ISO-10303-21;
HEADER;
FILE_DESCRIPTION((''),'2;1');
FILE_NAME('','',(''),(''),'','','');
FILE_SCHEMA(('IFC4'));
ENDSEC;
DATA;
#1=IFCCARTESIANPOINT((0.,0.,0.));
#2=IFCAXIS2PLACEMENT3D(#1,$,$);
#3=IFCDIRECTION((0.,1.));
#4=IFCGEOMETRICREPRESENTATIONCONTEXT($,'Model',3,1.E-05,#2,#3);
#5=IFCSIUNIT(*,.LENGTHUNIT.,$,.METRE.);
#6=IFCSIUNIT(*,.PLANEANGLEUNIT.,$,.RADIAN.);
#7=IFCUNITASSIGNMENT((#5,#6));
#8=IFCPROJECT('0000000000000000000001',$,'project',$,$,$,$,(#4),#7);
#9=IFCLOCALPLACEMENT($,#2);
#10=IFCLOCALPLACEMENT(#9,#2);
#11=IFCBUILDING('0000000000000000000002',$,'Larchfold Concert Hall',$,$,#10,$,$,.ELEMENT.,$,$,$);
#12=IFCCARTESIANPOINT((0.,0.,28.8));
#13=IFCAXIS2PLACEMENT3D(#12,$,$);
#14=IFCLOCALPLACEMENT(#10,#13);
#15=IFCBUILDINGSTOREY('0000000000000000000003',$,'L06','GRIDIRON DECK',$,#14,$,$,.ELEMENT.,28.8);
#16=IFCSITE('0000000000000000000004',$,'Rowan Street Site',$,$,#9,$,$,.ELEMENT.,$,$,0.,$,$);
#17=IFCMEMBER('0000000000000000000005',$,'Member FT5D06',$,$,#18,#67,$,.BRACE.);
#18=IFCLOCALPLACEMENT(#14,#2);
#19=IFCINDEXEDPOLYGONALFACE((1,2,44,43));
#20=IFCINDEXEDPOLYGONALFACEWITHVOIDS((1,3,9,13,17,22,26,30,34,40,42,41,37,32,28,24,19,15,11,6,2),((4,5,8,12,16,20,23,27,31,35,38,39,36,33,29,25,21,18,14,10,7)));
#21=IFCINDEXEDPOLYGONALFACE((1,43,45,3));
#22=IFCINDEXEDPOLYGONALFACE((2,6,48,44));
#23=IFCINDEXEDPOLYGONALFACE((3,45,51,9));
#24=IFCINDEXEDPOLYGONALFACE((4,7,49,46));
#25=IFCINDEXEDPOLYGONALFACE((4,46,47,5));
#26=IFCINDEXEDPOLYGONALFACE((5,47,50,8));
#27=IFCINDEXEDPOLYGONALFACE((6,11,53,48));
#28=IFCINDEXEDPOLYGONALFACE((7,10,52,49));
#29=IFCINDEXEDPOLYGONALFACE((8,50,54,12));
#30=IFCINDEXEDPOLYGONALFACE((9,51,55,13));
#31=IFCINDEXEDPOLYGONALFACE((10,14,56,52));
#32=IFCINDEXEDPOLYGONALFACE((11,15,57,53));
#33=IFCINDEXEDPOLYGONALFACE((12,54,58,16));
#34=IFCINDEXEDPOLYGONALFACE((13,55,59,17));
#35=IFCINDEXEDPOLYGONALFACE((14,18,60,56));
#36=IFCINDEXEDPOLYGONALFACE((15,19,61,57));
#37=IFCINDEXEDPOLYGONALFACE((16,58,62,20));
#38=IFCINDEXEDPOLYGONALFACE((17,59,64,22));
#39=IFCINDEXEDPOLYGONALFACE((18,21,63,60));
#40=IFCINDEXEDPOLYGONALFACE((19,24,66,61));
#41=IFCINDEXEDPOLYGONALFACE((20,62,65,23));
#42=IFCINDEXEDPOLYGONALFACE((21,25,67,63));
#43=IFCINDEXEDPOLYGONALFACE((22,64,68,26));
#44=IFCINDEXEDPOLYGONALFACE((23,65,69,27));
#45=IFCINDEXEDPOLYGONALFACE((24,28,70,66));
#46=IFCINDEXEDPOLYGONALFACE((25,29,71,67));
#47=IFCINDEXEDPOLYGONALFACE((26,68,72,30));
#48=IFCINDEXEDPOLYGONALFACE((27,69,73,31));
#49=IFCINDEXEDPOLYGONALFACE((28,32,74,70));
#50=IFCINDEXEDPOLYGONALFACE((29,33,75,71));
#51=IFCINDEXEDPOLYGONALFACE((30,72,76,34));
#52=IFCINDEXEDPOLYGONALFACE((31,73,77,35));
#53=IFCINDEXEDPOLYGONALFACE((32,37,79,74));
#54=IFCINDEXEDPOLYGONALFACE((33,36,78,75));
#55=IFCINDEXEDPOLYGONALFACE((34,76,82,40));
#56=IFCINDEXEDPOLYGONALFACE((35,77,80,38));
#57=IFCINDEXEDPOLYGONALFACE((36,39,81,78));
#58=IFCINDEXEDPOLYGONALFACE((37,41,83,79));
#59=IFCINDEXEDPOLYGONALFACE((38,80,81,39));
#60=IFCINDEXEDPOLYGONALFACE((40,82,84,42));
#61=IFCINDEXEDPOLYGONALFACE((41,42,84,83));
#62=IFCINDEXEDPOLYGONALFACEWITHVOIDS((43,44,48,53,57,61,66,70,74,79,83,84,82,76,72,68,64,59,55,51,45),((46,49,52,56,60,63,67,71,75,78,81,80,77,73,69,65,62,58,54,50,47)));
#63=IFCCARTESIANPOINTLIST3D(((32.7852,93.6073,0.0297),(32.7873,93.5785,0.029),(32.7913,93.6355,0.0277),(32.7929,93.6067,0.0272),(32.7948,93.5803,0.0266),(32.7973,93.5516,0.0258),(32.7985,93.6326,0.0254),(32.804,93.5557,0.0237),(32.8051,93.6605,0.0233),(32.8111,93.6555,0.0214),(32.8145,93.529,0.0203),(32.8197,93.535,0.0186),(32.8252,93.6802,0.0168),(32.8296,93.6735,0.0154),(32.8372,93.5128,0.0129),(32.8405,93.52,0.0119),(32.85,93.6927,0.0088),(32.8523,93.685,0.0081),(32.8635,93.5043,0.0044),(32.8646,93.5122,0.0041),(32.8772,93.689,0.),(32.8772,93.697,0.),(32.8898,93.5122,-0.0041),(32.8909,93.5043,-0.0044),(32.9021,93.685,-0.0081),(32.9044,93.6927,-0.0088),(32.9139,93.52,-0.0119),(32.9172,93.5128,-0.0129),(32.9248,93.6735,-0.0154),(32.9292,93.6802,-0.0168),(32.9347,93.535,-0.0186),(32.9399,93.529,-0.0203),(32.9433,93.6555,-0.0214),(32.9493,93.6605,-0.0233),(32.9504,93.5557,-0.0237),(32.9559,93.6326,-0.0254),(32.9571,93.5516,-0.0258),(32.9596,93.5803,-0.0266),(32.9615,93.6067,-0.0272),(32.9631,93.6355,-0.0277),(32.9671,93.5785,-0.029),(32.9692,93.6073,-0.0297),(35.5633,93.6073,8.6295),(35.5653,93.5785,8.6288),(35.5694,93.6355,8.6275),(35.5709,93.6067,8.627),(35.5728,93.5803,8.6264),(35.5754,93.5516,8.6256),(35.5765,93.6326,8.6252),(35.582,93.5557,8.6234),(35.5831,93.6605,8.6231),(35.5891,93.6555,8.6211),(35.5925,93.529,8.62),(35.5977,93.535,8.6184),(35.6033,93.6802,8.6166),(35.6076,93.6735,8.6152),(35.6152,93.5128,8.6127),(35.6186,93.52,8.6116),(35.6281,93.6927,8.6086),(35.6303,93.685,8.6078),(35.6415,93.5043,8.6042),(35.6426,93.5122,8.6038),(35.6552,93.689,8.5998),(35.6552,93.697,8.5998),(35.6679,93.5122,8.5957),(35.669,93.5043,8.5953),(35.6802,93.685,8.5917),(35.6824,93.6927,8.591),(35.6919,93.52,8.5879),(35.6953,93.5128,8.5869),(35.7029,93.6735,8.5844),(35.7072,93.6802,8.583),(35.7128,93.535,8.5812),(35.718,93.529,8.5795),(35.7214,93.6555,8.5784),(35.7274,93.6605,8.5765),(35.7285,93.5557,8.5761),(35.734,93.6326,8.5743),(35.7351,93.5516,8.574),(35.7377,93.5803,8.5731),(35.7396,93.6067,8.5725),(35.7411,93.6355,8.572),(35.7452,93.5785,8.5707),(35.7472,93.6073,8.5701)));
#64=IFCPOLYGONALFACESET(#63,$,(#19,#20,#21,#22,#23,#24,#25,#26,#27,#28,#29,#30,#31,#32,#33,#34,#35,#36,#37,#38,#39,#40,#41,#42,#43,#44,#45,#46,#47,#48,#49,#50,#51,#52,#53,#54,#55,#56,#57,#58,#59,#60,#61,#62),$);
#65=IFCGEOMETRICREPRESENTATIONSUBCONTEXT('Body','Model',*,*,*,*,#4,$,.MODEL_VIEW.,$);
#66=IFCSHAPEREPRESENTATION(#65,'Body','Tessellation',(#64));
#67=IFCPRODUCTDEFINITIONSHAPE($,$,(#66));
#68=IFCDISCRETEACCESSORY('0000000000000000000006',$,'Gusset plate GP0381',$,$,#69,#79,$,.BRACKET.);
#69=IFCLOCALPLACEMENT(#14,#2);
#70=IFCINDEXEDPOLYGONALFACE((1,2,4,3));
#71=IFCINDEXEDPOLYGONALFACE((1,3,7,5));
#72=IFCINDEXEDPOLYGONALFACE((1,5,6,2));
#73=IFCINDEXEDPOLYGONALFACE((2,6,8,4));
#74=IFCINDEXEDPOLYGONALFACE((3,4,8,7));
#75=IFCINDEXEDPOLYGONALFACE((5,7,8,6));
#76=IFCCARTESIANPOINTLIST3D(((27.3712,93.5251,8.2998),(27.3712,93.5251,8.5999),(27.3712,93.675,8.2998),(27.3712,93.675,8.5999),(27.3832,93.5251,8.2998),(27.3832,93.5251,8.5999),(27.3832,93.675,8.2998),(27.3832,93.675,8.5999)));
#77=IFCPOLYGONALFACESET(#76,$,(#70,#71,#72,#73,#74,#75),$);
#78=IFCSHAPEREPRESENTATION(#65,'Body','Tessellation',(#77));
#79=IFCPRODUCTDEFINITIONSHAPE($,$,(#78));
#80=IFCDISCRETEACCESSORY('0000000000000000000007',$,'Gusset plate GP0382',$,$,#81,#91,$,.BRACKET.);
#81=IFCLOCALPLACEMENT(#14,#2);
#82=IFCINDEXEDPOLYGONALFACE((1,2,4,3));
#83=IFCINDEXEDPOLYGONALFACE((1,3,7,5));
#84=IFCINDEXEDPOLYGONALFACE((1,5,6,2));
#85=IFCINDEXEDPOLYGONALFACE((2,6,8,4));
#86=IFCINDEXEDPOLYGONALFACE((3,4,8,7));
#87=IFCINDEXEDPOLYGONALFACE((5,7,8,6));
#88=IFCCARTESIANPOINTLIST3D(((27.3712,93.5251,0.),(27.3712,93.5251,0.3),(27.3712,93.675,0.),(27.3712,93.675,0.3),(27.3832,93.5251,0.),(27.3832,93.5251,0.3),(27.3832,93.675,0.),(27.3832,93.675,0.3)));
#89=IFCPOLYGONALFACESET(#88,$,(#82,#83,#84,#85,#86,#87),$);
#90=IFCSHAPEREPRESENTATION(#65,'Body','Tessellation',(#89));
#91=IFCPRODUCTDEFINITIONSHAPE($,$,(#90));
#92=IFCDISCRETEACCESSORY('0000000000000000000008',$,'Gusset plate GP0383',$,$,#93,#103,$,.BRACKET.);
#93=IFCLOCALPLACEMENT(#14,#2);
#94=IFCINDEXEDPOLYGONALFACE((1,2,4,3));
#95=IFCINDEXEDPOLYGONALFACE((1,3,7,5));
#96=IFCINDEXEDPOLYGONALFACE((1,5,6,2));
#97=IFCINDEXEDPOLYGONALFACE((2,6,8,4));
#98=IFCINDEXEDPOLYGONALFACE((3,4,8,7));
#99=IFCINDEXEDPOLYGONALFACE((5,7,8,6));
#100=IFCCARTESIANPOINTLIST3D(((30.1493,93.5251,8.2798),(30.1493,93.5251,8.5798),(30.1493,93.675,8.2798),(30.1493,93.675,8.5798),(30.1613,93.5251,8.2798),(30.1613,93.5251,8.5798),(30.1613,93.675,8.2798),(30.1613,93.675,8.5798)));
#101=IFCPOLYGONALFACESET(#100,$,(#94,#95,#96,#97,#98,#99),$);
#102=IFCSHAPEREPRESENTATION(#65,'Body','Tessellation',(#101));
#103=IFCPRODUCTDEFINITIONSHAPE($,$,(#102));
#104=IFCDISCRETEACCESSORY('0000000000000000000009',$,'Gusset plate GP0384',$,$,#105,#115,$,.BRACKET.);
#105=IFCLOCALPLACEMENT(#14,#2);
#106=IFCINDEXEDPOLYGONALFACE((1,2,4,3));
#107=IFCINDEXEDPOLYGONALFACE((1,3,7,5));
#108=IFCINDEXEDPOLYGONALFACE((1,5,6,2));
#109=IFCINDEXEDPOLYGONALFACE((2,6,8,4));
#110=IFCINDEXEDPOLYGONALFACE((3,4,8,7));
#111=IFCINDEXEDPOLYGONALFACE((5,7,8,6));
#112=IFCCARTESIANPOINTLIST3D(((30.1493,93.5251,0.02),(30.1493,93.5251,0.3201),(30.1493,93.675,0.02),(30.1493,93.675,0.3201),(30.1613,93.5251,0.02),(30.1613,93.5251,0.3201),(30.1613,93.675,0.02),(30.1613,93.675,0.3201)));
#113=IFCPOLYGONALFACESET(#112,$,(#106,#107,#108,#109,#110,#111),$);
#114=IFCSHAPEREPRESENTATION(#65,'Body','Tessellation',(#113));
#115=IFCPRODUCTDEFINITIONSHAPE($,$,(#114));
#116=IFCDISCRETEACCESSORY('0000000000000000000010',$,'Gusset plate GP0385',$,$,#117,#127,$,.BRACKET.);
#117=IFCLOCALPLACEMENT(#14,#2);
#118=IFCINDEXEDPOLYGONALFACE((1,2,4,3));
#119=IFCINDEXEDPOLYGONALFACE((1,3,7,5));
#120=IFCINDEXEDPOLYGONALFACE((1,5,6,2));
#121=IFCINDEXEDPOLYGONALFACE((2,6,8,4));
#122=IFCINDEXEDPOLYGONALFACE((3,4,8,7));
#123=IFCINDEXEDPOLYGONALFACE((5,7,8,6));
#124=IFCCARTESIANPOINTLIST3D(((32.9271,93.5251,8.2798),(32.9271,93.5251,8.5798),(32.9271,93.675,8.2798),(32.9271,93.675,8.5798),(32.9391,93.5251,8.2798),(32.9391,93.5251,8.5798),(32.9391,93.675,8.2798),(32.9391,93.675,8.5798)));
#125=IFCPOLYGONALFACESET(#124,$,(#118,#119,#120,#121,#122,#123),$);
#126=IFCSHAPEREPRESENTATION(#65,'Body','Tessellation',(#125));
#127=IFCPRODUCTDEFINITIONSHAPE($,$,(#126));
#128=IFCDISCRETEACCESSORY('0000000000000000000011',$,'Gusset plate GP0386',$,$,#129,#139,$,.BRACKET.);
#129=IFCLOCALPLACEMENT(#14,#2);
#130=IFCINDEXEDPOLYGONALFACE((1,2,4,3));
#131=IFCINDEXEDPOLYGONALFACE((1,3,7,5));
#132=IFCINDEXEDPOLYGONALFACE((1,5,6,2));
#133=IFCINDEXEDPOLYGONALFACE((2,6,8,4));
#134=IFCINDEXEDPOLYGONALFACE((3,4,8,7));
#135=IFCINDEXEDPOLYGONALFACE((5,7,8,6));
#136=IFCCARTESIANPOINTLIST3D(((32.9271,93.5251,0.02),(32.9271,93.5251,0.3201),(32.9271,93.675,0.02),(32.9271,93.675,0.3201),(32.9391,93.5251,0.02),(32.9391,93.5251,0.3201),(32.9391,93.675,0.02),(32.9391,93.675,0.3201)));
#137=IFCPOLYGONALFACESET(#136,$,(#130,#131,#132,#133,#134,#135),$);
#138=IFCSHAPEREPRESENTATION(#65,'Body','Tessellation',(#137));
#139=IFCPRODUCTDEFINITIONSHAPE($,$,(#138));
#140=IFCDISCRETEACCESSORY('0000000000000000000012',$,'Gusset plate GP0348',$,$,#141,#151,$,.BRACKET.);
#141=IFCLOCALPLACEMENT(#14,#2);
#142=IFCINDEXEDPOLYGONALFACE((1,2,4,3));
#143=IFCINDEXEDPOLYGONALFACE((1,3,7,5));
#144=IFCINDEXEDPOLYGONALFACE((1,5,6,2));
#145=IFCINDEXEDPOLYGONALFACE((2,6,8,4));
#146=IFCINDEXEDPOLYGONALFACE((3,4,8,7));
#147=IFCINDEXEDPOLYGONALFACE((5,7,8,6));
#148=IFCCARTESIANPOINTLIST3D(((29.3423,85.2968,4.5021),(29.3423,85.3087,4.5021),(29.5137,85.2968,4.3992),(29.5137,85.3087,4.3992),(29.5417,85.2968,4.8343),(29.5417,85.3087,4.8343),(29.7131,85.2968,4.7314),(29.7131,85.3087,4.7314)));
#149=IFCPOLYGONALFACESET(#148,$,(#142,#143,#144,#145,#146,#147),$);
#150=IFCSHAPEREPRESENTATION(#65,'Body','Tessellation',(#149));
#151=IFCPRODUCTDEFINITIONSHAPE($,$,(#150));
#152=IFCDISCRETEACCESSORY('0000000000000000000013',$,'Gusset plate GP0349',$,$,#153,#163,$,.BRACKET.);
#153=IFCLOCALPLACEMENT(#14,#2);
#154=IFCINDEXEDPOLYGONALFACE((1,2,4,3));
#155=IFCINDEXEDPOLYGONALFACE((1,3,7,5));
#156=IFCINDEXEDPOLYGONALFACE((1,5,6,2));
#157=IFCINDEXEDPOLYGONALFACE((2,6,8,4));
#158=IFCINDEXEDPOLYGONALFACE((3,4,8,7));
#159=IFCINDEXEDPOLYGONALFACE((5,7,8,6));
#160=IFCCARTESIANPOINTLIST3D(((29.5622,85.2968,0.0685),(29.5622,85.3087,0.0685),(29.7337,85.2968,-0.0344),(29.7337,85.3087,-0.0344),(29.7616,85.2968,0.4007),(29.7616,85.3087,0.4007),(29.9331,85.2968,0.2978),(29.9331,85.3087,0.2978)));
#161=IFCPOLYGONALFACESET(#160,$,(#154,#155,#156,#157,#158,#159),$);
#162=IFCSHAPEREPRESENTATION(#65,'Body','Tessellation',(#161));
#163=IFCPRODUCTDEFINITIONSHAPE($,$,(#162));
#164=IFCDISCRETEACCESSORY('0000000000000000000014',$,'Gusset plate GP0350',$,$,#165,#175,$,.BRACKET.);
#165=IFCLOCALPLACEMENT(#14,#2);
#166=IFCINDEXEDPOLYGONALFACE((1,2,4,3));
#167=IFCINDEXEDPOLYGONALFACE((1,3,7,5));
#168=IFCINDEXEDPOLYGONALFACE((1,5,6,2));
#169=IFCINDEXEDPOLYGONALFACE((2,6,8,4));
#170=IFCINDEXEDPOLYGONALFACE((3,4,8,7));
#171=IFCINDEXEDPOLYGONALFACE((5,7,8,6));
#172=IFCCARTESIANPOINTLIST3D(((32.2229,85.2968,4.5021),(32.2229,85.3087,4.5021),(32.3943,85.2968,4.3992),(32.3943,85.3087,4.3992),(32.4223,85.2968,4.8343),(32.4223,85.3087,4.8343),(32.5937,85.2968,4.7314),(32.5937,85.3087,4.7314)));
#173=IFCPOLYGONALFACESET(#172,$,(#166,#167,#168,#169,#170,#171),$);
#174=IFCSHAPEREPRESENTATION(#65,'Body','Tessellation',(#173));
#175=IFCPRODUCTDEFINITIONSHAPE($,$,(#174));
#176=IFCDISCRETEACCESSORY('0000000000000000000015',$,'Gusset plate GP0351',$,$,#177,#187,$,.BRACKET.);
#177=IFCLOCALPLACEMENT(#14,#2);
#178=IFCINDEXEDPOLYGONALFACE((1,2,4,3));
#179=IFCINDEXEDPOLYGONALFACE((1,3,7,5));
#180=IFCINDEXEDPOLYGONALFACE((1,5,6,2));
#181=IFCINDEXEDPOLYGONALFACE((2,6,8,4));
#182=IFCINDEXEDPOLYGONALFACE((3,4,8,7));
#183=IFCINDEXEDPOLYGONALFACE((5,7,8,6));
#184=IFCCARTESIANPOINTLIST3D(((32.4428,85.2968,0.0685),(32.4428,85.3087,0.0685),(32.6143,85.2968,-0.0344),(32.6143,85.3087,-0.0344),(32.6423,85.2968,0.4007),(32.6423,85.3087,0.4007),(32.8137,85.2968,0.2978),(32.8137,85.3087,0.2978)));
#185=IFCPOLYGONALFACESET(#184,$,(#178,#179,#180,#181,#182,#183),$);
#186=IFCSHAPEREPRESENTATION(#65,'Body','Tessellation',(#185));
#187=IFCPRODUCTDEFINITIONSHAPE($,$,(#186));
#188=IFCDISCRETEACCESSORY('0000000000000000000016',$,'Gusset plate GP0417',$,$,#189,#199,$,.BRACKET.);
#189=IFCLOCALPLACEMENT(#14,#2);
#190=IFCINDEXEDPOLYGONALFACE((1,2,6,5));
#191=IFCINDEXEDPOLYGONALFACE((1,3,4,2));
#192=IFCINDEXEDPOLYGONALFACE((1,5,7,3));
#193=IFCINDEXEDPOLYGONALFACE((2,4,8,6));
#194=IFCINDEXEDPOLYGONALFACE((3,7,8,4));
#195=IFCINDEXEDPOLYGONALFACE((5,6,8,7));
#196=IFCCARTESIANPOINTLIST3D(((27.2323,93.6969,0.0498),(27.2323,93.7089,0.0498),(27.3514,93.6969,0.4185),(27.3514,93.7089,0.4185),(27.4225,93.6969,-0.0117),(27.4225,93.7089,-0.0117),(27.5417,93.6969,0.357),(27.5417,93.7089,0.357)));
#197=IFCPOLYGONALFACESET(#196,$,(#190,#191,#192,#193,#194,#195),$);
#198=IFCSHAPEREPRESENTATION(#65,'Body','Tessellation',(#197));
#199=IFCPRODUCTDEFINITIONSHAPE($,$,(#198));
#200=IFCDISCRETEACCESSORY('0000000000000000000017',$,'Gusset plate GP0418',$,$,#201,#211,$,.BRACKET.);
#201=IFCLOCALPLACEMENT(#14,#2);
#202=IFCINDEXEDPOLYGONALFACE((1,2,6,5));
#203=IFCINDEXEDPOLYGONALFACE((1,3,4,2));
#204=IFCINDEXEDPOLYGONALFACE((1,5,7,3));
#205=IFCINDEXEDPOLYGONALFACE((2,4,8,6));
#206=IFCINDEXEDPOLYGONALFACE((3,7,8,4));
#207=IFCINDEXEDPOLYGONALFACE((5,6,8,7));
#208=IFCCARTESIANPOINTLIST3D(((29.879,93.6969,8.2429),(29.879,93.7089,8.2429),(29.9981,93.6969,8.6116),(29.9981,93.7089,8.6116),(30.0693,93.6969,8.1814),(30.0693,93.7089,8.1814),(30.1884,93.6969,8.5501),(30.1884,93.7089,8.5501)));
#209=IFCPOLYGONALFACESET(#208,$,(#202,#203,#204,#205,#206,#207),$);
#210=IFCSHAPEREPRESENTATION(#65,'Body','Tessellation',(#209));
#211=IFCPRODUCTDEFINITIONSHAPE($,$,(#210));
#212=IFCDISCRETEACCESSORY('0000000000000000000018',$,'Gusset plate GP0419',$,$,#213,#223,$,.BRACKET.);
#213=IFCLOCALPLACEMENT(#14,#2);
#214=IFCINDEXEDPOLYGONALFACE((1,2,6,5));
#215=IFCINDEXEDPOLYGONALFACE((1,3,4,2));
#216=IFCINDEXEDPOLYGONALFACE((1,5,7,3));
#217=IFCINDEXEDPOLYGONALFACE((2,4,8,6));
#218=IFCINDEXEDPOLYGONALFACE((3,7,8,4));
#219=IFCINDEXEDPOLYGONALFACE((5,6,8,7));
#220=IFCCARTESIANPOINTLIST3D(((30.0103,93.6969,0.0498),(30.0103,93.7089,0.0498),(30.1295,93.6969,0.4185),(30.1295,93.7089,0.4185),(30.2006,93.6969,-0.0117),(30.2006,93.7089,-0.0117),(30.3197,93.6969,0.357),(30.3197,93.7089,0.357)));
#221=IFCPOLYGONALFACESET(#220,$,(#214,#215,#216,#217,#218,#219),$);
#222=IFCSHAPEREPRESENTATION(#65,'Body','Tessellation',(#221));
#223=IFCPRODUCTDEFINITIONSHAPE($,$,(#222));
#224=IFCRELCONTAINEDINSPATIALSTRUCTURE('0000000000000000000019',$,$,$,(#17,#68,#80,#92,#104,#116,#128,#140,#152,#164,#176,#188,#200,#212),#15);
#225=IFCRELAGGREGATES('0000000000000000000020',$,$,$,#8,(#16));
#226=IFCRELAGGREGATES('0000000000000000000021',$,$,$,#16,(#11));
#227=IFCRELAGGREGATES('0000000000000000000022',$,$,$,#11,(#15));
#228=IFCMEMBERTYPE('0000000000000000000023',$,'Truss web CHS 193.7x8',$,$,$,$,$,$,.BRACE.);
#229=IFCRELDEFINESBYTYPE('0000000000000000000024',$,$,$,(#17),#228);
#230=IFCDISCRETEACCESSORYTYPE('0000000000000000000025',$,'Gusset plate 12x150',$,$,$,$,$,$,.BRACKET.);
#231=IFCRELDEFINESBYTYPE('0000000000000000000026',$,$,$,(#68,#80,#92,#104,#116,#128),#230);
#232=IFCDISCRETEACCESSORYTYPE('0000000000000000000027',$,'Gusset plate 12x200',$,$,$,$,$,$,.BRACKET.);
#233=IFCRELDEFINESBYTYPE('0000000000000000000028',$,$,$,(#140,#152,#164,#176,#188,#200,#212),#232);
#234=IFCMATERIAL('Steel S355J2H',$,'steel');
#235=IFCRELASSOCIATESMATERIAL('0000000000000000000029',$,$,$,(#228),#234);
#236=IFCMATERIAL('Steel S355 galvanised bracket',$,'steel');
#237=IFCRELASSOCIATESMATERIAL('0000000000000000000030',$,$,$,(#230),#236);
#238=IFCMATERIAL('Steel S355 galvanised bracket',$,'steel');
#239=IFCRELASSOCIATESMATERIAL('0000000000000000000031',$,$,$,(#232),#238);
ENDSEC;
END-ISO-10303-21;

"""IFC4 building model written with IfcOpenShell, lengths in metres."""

from ifc_helpers import new_model, si_unit, direction, frame, origin, origin_2d, place, context, subcontext, project, spatial, rectangle, hollow_circle, extrude, material, material_profile, profile_set, type_object, element, save


model = new_model("IFC4")

# Units and contexts
model_context = context("Model", 3, precision=1e-05, world=origin(), true_north=direction((0.0, 1.0)))
body_context = subcontext(model_context, "Body", "Model", "MODEL_VIEW")
ifc_project = project(units=[si_unit("LENGTHUNIT", "METRE"), si_unit("PLANEANGLEUNIT", "RADIAN")], contexts=[model_context])

# Site, building, storey
site_placement = place(None, origin())
site = spatial("IfcSite", under=ifc_project, at=site_placement, Name="Rowan Street Site", CompositionType="ELEMENT", RefElevation=0.0)
building_placement = place(site_placement, origin())
building = spatial("IfcBuilding", under=site, at=building_placement, Name="Larchfold Concert Hall", CompositionType="ELEMENT")
storey_placement = place(building_placement, frame((0.0, 0.0, 28.8)))
storey = spatial("IfcBuildingStorey", under=building, at=storey_placement, Name="L06", Description="GRIDIRON DECK", CompositionType="ELEMENT", Elevation=28.8)

# Member
ifc_material_1 = material(Name="Steel S355J2H", Category="steel")
ifc_material_profile_1 = material_profile(ifc_material_1, hollow_circle(Radius=0.0969, WallThickness=0.0081, at=origin_2d()))
ifc_profile_set_1 = profile_set([ifc_material_profile_1], Name="Steel S355J2H")
member_type_1 = type_object("IfcMemberType", Name="Truss web CHS 193.7x8", PredefinedType="BRACE", material=ifc_profile_set_1)
for number, where, z_axis, x_axis, name in (
    (1, (32.8772, 93.6001, 0.0), (0.307397, 0.0, 0.951581), (0.0, 1.0, 0.0), "Member FT5D06"),
):
    element("IfcMember", number, at=place(storey_placement, frame(where, z_axis=z_axis, x_axis=x_axis)), inside=storey, type_object=member_type_1, Name=name, PredefinedType="BRACE", context=body_context, shape_type="SweptSolid", body=[
        extrude(hollow_circle(Radius=0.0969, WallThickness=0.0081, at=origin_2d()), origin(), (0.0, 0.0, 1.0), 9.0374),
    ])

# Discrete accessories
ifc_material_2 = material(Name="Steel S355 galvanised bracket", Category="steel")
ifc_material_profile_2 = material_profile(ifc_material_2, rectangle(XDim=0.012, YDim=0.1499, at=origin_2d()))
ifc_profile_set_2 = profile_set([ifc_material_profile_2], Name="Steel S355 galvanised bracket")
discrete_accessory_type_1 = type_object("IfcDiscreteAccessoryType", Name="Gusset plate 12x150", PredefinedType="BRACKET", material=ifc_profile_set_2)
for number, where, z_axis, x_axis, name in (
    (2, (27.3772, 93.6001, 8.5999), (0.0, 0.0, -1.0), (1.0, 0.0, 0.0), "Gusset plate GP0381"),
    (3, (27.3772, 93.6001, 0.3), (0.0, 0.0, -1.0), (1.0, 0.0, 0.0), "Gusset plate GP0382"),
    (4, (30.1553, 93.6001, 8.5798), (0.0, 0.0, -1.0), (1.0, 0.0, 0.0), "Gusset plate GP0383"),
    (5, (30.1553, 93.6001, 0.3201), (0.0, 0.0, -1.0), (1.0, 0.0, 0.0), "Gusset plate GP0384"),
    (6, (32.9331, 93.6001, 8.5798), (0.0, 0.0, -1.0), (1.0, 0.0, 0.0), "Gusset plate GP0385"),
    (7, (32.9331, 93.6001, 0.3201), (0.0, 0.0, -1.0), (1.0, 0.0, 0.0), "Gusset plate GP0386"),
):
    element("IfcDiscreteAccessory", number, at=place(storey_placement, frame(where, z_axis=z_axis, x_axis=x_axis)), inside=storey, type_object=discrete_accessory_type_1, Name=name, PredefinedType="BRACKET", context=body_context, shape_type="SweptSolid", body=[
        extrude(rectangle(XDim=0.012, YDim=0.1499, at=origin_2d()), origin(), (0.0, 0.0, 1.0), 0.3),
    ])
ifc_material_3 = material(Name="Steel S355 galvanised bracket", Category="steel")
ifc_material_profile_3 = material_profile(ifc_material_3, rectangle(XDim=0.012, YDim=0.2, at=origin_2d()))
ifc_profile_set_3 = profile_set([ifc_material_profile_3], Name="Steel S355 galvanised bracket")
discrete_accessory_type_2 = type_object("IfcDiscreteAccessoryType", Name="Gusset plate 12x200", PredefinedType="BRACKET", material=ifc_profile_set_3)
for number, where, z_axis, x_axis, name in (
    (8, (29.428, 85.3027, 4.4507), (0.514681, 0.0, 0.857382), (0.0, 1.0, 0.0), "Gusset plate GP0348"),
    (9, (29.6479, 85.3027, 0.0171), (0.514681, 0.0, 0.857382), (0.0, 1.0, 0.0), "Gusset plate GP0349"),
    (10, (32.3086, 85.3027, 4.4507), (0.514681, 0.0, 0.857382), (0.0, 1.0, 0.0), "Gusset plate GP0350"),
    (11, (32.5286, 85.3027, 0.0171), (0.514681, 0.0, 0.857382), (0.0, 1.0, 0.0), "Gusset plate GP0351"),
    (12, (27.3274, 93.7029, 0.019), (0.307518, 0.0, 0.951542), (0.0, 1.0, 0.0), "Gusset plate GP0417"),
    (13, (29.9741, 93.7029, 8.2122), (0.307518, 0.0, 0.951542), (0.0, 1.0, 0.0), "Gusset plate GP0418"),
    (14, (30.1055, 93.7029, 0.019), (0.307518, 0.0, 0.951542), (0.0, 1.0, 0.0), "Gusset plate GP0419"),
):
    element("IfcDiscreteAccessory", number, at=place(storey_placement, frame(where, z_axis=z_axis, x_axis=x_axis)), inside=storey, type_object=discrete_accessory_type_2, Name=name, PredefinedType="BRACKET", context=body_context, shape_type="SweptSolid", body=[
        extrude(rectangle(XDim=0.012, YDim=0.2, at=origin_2d()), origin(), (0.0, 0.0, 1.0), 0.3875),
    ])

save(model, "model.ifc")
